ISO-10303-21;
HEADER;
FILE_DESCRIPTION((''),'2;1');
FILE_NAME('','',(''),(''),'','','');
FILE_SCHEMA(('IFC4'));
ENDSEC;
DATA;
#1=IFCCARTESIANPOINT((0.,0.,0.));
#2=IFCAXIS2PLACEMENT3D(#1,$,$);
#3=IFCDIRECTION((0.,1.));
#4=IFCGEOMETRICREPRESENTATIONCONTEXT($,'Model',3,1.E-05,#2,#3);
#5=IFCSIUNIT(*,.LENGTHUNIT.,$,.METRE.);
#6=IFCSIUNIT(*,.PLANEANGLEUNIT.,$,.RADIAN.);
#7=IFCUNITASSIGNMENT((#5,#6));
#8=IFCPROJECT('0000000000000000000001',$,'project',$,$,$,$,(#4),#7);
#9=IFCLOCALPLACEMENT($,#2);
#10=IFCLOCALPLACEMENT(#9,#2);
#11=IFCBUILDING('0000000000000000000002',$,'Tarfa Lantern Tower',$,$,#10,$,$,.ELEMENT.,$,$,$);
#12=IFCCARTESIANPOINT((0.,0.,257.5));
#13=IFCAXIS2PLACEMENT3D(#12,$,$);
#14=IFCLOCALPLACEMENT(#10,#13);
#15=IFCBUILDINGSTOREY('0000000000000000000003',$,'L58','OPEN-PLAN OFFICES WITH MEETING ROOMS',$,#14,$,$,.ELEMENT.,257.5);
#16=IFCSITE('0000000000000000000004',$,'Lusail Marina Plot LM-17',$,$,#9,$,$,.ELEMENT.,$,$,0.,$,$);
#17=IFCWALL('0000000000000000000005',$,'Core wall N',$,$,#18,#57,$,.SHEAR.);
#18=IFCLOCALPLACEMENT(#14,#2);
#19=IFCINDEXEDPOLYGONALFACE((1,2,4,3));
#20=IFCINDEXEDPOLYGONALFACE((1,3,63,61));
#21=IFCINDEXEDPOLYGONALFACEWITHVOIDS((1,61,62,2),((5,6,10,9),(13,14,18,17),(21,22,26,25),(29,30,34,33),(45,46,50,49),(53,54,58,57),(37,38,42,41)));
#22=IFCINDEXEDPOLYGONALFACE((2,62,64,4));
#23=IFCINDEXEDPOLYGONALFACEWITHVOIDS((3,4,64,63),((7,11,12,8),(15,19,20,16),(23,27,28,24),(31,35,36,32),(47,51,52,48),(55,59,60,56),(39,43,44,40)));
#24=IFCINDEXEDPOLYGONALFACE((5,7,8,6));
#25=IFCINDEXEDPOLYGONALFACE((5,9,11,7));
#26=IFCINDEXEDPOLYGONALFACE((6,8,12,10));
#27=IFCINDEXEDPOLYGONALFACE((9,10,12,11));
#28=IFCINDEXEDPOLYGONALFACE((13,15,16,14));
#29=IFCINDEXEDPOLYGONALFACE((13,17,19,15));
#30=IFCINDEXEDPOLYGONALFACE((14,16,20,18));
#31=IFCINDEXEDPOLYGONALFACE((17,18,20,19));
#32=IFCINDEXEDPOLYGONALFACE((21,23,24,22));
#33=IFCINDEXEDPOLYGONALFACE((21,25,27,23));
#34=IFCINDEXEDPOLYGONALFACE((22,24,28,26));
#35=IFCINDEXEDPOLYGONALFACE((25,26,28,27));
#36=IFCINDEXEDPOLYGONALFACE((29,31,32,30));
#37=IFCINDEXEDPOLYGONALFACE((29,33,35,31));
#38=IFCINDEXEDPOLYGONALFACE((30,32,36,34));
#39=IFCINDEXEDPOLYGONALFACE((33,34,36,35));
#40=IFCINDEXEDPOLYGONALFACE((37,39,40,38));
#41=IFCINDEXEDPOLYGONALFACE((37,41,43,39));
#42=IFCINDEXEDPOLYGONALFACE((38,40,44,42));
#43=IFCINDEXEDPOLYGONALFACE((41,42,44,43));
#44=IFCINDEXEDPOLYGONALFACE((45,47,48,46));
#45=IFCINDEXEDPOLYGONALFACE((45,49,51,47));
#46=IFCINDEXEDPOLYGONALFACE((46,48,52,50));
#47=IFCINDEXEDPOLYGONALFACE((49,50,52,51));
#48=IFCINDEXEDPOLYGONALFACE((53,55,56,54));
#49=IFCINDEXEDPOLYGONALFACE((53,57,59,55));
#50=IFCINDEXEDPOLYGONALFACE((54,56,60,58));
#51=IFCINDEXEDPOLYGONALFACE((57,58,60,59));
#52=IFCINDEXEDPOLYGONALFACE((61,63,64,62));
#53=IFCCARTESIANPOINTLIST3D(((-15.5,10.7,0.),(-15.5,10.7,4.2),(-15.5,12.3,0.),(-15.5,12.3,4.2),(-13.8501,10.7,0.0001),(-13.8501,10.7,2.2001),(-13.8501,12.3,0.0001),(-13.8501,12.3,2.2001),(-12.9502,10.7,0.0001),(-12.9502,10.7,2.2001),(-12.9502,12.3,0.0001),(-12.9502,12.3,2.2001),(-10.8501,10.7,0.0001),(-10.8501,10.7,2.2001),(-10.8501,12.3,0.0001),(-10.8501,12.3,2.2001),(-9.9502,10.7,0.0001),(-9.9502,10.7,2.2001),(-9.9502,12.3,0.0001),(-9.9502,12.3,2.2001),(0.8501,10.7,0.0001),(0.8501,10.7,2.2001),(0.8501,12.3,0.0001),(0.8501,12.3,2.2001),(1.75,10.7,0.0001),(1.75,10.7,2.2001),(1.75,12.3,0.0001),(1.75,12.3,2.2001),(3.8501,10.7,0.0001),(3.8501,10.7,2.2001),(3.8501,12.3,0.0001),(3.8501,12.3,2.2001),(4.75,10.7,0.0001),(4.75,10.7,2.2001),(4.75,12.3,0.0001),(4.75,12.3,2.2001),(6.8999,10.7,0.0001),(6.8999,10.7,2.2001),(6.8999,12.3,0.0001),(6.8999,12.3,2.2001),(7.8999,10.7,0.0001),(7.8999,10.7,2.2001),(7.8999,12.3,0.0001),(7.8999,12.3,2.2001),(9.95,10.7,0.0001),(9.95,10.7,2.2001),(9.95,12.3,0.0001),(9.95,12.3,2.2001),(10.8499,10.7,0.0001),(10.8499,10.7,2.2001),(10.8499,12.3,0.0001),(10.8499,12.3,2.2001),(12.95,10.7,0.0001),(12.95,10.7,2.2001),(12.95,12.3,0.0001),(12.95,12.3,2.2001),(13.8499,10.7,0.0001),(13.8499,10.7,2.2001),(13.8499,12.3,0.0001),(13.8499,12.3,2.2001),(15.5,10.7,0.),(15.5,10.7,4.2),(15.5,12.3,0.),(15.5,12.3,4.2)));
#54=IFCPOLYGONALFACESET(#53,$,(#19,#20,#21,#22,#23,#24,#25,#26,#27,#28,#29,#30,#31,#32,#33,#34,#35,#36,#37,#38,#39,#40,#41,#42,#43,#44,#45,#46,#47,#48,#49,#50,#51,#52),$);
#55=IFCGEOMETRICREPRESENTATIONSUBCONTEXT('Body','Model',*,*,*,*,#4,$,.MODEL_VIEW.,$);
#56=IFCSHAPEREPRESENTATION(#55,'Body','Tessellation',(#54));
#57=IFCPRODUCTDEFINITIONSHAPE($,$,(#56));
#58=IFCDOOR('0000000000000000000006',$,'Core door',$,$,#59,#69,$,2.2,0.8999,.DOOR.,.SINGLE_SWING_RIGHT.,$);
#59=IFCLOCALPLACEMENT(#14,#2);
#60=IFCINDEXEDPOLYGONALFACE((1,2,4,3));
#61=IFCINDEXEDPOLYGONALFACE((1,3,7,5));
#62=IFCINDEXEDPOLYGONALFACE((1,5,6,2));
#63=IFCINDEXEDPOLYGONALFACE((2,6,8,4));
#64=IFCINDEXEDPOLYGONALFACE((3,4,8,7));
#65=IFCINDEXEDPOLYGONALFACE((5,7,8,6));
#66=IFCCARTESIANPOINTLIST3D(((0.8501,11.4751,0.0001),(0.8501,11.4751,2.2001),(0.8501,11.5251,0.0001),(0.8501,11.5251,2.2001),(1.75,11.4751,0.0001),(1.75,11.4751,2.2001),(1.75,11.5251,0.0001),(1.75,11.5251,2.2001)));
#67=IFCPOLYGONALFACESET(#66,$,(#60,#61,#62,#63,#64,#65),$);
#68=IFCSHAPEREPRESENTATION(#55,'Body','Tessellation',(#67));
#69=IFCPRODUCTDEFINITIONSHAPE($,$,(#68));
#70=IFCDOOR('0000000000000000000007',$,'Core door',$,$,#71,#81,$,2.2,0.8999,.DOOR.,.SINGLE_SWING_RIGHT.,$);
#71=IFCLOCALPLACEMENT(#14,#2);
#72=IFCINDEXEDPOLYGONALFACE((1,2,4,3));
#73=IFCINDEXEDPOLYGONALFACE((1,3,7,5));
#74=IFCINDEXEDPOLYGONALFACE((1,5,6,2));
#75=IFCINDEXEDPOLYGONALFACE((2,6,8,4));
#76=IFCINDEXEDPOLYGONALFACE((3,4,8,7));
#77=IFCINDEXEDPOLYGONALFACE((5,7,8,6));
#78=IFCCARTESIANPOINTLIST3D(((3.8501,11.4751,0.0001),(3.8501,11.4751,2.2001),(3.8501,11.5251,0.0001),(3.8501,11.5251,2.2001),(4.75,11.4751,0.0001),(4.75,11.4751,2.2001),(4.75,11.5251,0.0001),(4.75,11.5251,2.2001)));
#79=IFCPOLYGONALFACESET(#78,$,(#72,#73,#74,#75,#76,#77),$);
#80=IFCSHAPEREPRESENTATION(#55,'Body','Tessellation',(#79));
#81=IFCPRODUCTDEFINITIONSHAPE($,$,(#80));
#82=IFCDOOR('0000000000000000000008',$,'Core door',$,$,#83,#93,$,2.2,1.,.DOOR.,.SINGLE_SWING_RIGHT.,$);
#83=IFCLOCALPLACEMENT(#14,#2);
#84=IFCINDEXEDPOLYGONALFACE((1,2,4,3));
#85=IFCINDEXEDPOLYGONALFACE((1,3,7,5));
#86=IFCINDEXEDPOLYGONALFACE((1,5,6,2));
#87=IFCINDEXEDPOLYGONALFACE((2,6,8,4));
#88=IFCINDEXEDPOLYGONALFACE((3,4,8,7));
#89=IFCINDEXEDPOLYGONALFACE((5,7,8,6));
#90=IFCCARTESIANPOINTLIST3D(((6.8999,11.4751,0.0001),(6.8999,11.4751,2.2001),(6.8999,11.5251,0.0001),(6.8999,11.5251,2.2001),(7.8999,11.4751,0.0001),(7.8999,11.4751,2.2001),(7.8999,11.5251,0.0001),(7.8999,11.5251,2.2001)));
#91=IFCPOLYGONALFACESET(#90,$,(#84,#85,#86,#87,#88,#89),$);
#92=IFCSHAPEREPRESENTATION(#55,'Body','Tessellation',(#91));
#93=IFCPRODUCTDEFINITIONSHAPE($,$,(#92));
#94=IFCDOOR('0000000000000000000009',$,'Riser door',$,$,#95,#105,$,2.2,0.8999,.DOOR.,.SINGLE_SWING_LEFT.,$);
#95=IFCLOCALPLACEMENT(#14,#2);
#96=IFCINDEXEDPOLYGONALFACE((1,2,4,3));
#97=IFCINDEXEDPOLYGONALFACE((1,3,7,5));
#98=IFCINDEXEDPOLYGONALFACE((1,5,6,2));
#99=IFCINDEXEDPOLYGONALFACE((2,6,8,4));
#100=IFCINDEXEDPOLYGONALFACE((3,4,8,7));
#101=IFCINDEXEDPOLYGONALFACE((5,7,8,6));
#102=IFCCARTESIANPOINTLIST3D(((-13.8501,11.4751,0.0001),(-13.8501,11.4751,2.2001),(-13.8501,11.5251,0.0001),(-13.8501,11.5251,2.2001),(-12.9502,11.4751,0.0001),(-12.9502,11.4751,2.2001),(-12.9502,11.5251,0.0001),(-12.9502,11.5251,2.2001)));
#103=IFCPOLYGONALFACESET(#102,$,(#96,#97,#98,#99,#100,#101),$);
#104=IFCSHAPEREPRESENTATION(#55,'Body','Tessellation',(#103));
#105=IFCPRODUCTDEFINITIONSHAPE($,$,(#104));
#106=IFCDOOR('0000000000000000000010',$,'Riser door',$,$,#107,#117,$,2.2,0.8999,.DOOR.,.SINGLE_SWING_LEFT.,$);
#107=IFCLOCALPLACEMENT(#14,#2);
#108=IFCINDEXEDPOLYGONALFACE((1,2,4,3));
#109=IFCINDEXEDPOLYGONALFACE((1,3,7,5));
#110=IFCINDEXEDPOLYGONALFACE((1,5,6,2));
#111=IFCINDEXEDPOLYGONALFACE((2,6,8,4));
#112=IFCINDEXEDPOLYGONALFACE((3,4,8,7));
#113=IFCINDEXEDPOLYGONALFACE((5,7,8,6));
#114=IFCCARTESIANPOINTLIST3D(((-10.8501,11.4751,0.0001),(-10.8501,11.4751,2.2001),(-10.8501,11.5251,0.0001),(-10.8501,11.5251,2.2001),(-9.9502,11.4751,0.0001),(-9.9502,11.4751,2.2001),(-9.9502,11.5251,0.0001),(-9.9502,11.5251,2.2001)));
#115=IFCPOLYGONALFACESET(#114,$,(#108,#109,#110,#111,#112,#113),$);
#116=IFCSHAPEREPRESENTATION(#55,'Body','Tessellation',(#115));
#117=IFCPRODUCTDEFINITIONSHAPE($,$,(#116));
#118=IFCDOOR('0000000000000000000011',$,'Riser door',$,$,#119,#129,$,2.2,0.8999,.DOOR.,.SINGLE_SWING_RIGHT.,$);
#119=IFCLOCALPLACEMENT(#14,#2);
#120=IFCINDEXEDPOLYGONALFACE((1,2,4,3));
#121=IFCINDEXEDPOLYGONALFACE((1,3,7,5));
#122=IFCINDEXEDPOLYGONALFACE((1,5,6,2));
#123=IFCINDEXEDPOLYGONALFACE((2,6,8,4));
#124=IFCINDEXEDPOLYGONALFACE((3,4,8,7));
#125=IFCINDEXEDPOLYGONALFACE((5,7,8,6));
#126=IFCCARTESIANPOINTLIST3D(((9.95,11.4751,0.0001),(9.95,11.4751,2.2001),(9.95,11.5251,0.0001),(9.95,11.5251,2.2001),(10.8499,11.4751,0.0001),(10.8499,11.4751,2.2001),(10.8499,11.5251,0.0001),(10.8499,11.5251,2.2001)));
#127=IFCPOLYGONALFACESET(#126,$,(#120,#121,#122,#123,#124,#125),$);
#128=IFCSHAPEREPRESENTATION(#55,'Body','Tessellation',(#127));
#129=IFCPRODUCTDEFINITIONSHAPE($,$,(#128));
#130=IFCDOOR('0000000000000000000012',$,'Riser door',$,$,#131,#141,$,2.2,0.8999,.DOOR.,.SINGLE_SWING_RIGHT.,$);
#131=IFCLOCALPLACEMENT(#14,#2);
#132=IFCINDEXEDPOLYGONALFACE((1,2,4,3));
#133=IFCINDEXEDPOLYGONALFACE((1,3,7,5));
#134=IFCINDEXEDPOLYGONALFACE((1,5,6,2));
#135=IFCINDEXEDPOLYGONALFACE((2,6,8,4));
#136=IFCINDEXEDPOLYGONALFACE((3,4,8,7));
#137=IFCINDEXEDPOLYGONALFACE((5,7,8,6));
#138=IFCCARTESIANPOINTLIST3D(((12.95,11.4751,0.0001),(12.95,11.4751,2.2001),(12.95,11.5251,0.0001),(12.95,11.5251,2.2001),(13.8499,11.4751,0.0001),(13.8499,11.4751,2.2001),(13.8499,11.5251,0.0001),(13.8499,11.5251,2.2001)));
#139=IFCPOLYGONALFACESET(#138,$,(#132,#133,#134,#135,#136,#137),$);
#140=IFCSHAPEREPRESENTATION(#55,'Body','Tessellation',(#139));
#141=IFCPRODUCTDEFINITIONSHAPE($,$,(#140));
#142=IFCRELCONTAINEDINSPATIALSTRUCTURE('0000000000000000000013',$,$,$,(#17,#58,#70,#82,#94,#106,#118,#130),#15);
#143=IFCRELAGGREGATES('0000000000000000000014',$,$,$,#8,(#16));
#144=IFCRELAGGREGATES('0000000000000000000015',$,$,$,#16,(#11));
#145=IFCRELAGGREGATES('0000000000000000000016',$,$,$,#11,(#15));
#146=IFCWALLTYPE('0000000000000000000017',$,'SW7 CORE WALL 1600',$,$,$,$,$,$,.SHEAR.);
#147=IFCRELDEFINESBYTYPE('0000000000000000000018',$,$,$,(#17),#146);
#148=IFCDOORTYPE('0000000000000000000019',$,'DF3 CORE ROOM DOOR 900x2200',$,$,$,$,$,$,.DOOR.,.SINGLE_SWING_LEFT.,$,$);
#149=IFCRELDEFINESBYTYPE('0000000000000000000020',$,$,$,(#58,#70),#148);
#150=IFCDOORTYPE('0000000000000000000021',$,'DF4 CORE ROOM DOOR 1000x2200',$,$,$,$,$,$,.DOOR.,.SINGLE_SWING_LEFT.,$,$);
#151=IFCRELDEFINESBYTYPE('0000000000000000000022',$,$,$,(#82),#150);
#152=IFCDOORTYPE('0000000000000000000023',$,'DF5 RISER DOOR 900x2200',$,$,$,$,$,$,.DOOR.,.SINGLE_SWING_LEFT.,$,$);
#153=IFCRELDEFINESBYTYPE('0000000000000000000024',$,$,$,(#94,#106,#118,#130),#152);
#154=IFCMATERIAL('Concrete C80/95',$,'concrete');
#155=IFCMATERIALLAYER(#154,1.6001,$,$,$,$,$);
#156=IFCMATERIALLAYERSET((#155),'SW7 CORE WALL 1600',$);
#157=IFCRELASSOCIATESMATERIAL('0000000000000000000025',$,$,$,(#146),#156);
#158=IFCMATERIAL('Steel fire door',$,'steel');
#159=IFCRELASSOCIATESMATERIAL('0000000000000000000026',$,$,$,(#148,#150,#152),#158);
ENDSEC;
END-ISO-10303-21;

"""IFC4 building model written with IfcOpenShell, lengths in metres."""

from ifc_helpers import new_model, si_unit, direction, frame, frame_2d, origin, place, context, subcontext, project, spatial, rectangle, extrude, material, layer, layer_set, type_object, element, fill, save


model = new_model("IFC4")

# Units and contexts
model_context = context("Model", 3, precision=1e-05, world=origin(), true_north=direction((0.0, 1.0)))
body_context = subcontext(model_context, "Body", "Model", "MODEL_VIEW")
ifc_project = project(units=[si_unit("LENGTHUNIT", "METRE"), si_unit("PLANEANGLEUNIT", "RADIAN")], contexts=[model_context])

# Site, building, storey
site_placement = place(None, origin())
site = spatial("IfcSite", under=ifc_project, at=site_placement, Name="Lusail Marina Plot LM-17", CompositionType="ELEMENT", RefElevation=0.0)
building_placement = place(site_placement, origin())
building = spatial("IfcBuilding", under=site, at=building_placement, Name="Tarfa Lantern Tower", CompositionType="ELEMENT")
storey_placement = place(building_placement, frame((0.0, 0.0, 257.5)))
storey = spatial("IfcBuildingStorey", under=building, at=storey_placement, Name="L58", Description="OPEN-PLAN OFFICES WITH MEETING ROOMS", CompositionType="ELEMENT", Elevation=257.5)

# Shared definitions
ifc_material_1 = material(Name="Concrete C80/95", Category="concrete")
ifc_material_2 = material(Name="Steel fire door", Category="steel")

# Wall, openings, doors
ifc_layer_1 = layer(ifc_material_1, 1.6001)
ifc_layer_set_1 = layer_set([ifc_layer_1], Name="SW7 CORE WALL 1600")
wall_type_1 = type_object("IfcWallType", Name="SW7 CORE WALL 1600", PredefinedType="SHEAR", material=ifc_layer_set_1)
wall_1_placement = place(storey_placement, frame((-15.5, 11.5, 0.0), z_axis=(0.0, 0.0, 1.0), x_axis=(1.0, 0.0, 0.0)))
wall_1 = element("IfcWall", 1, at=wall_1_placement, inside=storey, type_object=wall_type_1, Name="Core wall N", PredefinedType="SHEAR", context=body_context, shape_type="SweptSolid", body=[
    extrude(rectangle(XDim=31.0, YDim=1.6001, at=frame_2d((15.5, 0.0))), origin(), (0.0, 0.0, 1.0), 4.2),
])
opening_1_placement = place(wall_1_placement, frame((16.3501, 0.0, 0.0)))
opening_1 = element("IfcOpeningElement", 2, at=opening_1_placement, cuts=wall_1, PredefinedType="OPENING", context=body_context, shape_type="SweptSolid", body=[
    extrude(rectangle(XDim=0.8999, YDim=2.2, at=frame_2d((0.45, 1.1001))), frame((0.0, 0.8101, 0.0), z_axis=(0.0, -1.0, 0.0), x_axis=(1.0, 0.0, 0.0)), (0.0, 0.0, 1.0), 1.6201),
])
opening_2_placement = place(wall_1_placement, frame((19.3501, 0.0, 0.0)))
opening_2 = element("IfcOpeningElement", 3, at=opening_2_placement, cuts=wall_1, PredefinedType="OPENING", context=body_context, shape_type="SweptSolid", body=[
    extrude(rectangle(XDim=0.8999, YDim=2.2, at=frame_2d((0.45, 1.1001))), frame((0.0, 0.8101, 0.0), z_axis=(0.0, -1.0, 0.0), x_axis=(1.0, 0.0, 0.0)), (0.0, 0.0, 1.0), 1.6201),
])
opening_3_placement = place(wall_1_placement, frame((22.3999, 0.0, 0.0)))
opening_3 = element("IfcOpeningElement", 4, at=opening_3_placement, cuts=wall_1, PredefinedType="OPENING", context=body_context, shape_type="SweptSolid", body=[
    extrude(rectangle(XDim=1.0, YDim=2.2, at=frame_2d((0.5, 1.1001))), frame((0.0, 0.8101, 0.0), z_axis=(0.0, -1.0, 0.0), x_axis=(1.0, 0.0, 0.0)), (0.0, 0.0, 1.0), 1.6201),
])
opening_4_placement = place(wall_1_placement, frame((1.6499, 0.0, 0.0)))
opening_4 = element("IfcOpeningElement", 5, at=opening_4_placement, cuts=wall_1, PredefinedType="OPENING", context=body_context, shape_type="SweptSolid", body=[
    extrude(rectangle(XDim=0.8999, YDim=2.2, at=frame_2d((0.45, 1.1001))), frame((0.0, 0.8101, 0.0), z_axis=(0.0, -1.0, 0.0), x_axis=(1.0, 0.0, 0.0)), (0.0, 0.0, 1.0), 1.6201),
])
opening_5_placement = place(wall_1_placement, frame((4.6499, 0.0, 0.0)))
opening_5 = element("IfcOpeningElement", 6, at=opening_5_placement, cuts=wall_1, PredefinedType="OPENING", context=body_context, shape_type="SweptSolid", body=[
    extrude(rectangle(XDim=0.8999, YDim=2.2, at=frame_2d((0.45, 1.1001))), frame((0.0, 0.8101, 0.0), z_axis=(0.0, -1.0, 0.0), x_axis=(1.0, 0.0, 0.0)), (0.0, 0.0, 1.0), 1.6201),
])
opening_6_placement = place(wall_1_placement, frame((25.45, 0.0, 0.0)))
opening_6 = element("IfcOpeningElement", 7, at=opening_6_placement, cuts=wall_1, PredefinedType="OPENING", context=body_context, shape_type="SweptSolid", body=[
    extrude(rectangle(XDim=0.8999, YDim=2.2, at=frame_2d((0.45, 1.1001))), frame((0.0, 0.8101, 0.0), z_axis=(0.0, -1.0, 0.0), x_axis=(1.0, 0.0, 0.0)), (0.0, 0.0, 1.0), 1.6201),
])
opening_7_placement = place(wall_1_placement, frame((28.45, 0.0, 0.0)))
opening_7 = element("IfcOpeningElement", 8, at=opening_7_placement, cuts=wall_1, PredefinedType="OPENING", context=body_context, shape_type="SweptSolid", body=[
    extrude(rectangle(XDim=0.8999, YDim=2.2, at=frame_2d((0.45, 1.1001))), frame((0.0, 0.8101, 0.0), z_axis=(0.0, -1.0, 0.0), x_axis=(1.0, 0.0, 0.0)), (0.0, 0.0, 1.0), 1.6201),
])
door_type_1 = type_object("IfcDoorType", Name="DF3 CORE ROOM DOOR 900x2200", OperationType="SINGLE_SWING_LEFT", PredefinedType="DOOR", material=ifc_material_2)
door_1_placement = place(opening_1_placement, frame((0.8999, 0.0, 0.0), z_axis=(0.0, 0.0, 1.0), x_axis=(-1.0, 0.0, 0.0)))
door_1 = element("IfcDoor", 9, at=door_1_placement, inside=storey, type_object=door_type_1, Name="Core door", OperationType="SINGLE_SWING_RIGHT", OverallHeight=2.2, OverallWidth=0.8999, PredefinedType="DOOR", context=body_context, shape_type="SweptSolid", body=[
    extrude(rectangle(XDim=0.8999, YDim=2.2, at=frame_2d((0.45, 1.1001))), frame((0.0, 0.0249, 0.0), z_axis=(0.0, -1.0, 0.0), x_axis=(1.0, 0.0, 0.0)), (0.0, 0.0, 1.0), 0.05),
])
fill(opening_1, door_1)
door_2_placement = place(opening_2_placement, frame((0.8999, 0.0, 0.0), z_axis=(0.0, 0.0, 1.0), x_axis=(-1.0, 0.0, 0.0)))
door_2 = element("IfcDoor", 10, at=door_2_placement, inside=storey, type_object=door_type_1, Name="Core door", OperationType="SINGLE_SWING_RIGHT", OverallHeight=2.2, OverallWidth=0.8999, PredefinedType="DOOR", context=body_context, shape_type="SweptSolid", body=[
    extrude(rectangle(XDim=0.8999, YDim=2.2, at=frame_2d((0.45, 1.1001))), frame((0.0, 0.0249, 0.0), z_axis=(0.0, -1.0, 0.0), x_axis=(1.0, 0.0, 0.0)), (0.0, 0.0, 1.0), 0.05),
])
fill(opening_2, door_2)
door_type_2 = type_object("IfcDoorType", Name="DF4 CORE ROOM DOOR 1000x2200", OperationType="SINGLE_SWING_LEFT", PredefinedType="DOOR", material=ifc_material_2)
door_3_placement = place(opening_3_placement, frame((1.0, 0.0, 0.0), z_axis=(0.0, 0.0, 1.0), x_axis=(-1.0, 0.0, 0.0)))
door_3 = element("IfcDoor", 11, at=door_3_placement, inside=storey, type_object=door_type_2, Name="Core door", OperationType="SINGLE_SWING_RIGHT", OverallHeight=2.2, OverallWidth=1.0, PredefinedType="DOOR", context=body_context, shape_type="SweptSolid", body=[
    extrude(rectangle(XDim=1.0, YDim=2.2, at=frame_2d((0.5, 1.1001))), frame((0.0, 0.0249, 0.0), z_axis=(0.0, -1.0, 0.0), x_axis=(1.0, 0.0, 0.0)), (0.0, 0.0, 1.0), 0.05),
])
fill(opening_3, door_3)
door_type_3 = type_object("IfcDoorType", Name="DF5 RISER DOOR 900x2200", OperationType="SINGLE_SWING_LEFT", PredefinedType="DOOR", material=ifc_material_2)
door_4_placement = place(opening_4_placement, frame((0.8999, 0.0, 0.0), z_axis=(0.0, 0.0, 1.0), x_axis=(-1.0, 0.0, 0.0)))
door_4 = element("IfcDoor", 12, at=door_4_placement, inside=storey, type_object=door_type_3, Name="Riser door", OperationType="SINGLE_SWING_LEFT", OverallHeight=2.2, OverallWidth=0.8999, PredefinedType="DOOR", context=body_context, shape_type="SweptSolid", body=[
    extrude(rectangle(XDim=0.8999, YDim=2.2, at=frame_2d((0.45, 1.1001))), frame((0.0, 0.0249, 0.0), z_axis=(0.0, -1.0, 0.0), x_axis=(1.0, 0.0, 0.0)), (0.0, 0.0, 1.0), 0.05),
])
fill(opening_4, door_4)
door_5_placement = place(opening_5_placement, frame((0.8999, 0.0, 0.0), z_axis=(0.0, 0.0, 1.0), x_axis=(-1.0, 0.0, 0.0)))
door_5 = element("IfcDoor", 13, at=door_5_placement, inside=storey, type_object=door_type_3, Name="Riser door", OperationType="SINGLE_SWING_LEFT", OverallHeight=2.2, OverallWidth=0.8999, PredefinedType="DOOR", context=body_context, shape_type="SweptSolid", body=[
    extrude(rectangle(XDim=0.8999, YDim=2.2, at=frame_2d((0.45, 1.1001))), frame((0.0, 0.0249, 0.0), z_axis=(0.0, -1.0, 0.0), x_axis=(1.0, 0.0, 0.0)), (0.0, 0.0, 1.0), 0.05),
])
fill(opening_5, door_5)
door_6_placement = place(opening_6_placement, frame((0.8999, 0.0, 0.0), z_axis=(0.0, 0.0, 1.0), x_axis=(-1.0, 0.0, 0.0)))
door_6 = element("IfcDoor", 14, at=door_6_placement, inside=storey, type_object=door_type_3, Name="Riser door", OperationType="SINGLE_SWING_RIGHT", OverallHeight=2.2, OverallWidth=0.8999, PredefinedType="DOOR", context=body_context, shape_type="SweptSolid", body=[
    extrude(rectangle(XDim=0.8999, YDim=2.2, at=frame_2d((0.45, 1.1001))), frame((0.0, 0.0249, 0.0), z_axis=(0.0, -1.0, 0.0), x_axis=(1.0, 0.0, 0.0)), (0.0, 0.0, 1.0), 0.05),
])
fill(opening_6, door_6)
door_7_placement = place(opening_7_placement, frame((0.8999, 0.0, 0.0), z_axis=(0.0, 0.0, 1.0), x_axis=(-1.0, 0.0, 0.0)))
door_7 = element("IfcDoor", 15, at=door_7_placement, inside=storey, type_object=door_type_3, Name="Riser door", OperationType="SINGLE_SWING_RIGHT", OverallHeight=2.2, OverallWidth=0.8999, PredefinedType="DOOR", context=body_context, shape_type="SweptSolid", body=[
    extrude(rectangle(XDim=0.8999, YDim=2.2, at=frame_2d((0.45, 1.1001))), frame((0.0, 0.0249, 0.0), z_axis=(0.0, -1.0, 0.0), x_axis=(1.0, 0.0, 0.0)), (0.0, 0.0, 1.0), 0.05),
])
fill(opening_7, door_7)

save(model, "model.ifc")
